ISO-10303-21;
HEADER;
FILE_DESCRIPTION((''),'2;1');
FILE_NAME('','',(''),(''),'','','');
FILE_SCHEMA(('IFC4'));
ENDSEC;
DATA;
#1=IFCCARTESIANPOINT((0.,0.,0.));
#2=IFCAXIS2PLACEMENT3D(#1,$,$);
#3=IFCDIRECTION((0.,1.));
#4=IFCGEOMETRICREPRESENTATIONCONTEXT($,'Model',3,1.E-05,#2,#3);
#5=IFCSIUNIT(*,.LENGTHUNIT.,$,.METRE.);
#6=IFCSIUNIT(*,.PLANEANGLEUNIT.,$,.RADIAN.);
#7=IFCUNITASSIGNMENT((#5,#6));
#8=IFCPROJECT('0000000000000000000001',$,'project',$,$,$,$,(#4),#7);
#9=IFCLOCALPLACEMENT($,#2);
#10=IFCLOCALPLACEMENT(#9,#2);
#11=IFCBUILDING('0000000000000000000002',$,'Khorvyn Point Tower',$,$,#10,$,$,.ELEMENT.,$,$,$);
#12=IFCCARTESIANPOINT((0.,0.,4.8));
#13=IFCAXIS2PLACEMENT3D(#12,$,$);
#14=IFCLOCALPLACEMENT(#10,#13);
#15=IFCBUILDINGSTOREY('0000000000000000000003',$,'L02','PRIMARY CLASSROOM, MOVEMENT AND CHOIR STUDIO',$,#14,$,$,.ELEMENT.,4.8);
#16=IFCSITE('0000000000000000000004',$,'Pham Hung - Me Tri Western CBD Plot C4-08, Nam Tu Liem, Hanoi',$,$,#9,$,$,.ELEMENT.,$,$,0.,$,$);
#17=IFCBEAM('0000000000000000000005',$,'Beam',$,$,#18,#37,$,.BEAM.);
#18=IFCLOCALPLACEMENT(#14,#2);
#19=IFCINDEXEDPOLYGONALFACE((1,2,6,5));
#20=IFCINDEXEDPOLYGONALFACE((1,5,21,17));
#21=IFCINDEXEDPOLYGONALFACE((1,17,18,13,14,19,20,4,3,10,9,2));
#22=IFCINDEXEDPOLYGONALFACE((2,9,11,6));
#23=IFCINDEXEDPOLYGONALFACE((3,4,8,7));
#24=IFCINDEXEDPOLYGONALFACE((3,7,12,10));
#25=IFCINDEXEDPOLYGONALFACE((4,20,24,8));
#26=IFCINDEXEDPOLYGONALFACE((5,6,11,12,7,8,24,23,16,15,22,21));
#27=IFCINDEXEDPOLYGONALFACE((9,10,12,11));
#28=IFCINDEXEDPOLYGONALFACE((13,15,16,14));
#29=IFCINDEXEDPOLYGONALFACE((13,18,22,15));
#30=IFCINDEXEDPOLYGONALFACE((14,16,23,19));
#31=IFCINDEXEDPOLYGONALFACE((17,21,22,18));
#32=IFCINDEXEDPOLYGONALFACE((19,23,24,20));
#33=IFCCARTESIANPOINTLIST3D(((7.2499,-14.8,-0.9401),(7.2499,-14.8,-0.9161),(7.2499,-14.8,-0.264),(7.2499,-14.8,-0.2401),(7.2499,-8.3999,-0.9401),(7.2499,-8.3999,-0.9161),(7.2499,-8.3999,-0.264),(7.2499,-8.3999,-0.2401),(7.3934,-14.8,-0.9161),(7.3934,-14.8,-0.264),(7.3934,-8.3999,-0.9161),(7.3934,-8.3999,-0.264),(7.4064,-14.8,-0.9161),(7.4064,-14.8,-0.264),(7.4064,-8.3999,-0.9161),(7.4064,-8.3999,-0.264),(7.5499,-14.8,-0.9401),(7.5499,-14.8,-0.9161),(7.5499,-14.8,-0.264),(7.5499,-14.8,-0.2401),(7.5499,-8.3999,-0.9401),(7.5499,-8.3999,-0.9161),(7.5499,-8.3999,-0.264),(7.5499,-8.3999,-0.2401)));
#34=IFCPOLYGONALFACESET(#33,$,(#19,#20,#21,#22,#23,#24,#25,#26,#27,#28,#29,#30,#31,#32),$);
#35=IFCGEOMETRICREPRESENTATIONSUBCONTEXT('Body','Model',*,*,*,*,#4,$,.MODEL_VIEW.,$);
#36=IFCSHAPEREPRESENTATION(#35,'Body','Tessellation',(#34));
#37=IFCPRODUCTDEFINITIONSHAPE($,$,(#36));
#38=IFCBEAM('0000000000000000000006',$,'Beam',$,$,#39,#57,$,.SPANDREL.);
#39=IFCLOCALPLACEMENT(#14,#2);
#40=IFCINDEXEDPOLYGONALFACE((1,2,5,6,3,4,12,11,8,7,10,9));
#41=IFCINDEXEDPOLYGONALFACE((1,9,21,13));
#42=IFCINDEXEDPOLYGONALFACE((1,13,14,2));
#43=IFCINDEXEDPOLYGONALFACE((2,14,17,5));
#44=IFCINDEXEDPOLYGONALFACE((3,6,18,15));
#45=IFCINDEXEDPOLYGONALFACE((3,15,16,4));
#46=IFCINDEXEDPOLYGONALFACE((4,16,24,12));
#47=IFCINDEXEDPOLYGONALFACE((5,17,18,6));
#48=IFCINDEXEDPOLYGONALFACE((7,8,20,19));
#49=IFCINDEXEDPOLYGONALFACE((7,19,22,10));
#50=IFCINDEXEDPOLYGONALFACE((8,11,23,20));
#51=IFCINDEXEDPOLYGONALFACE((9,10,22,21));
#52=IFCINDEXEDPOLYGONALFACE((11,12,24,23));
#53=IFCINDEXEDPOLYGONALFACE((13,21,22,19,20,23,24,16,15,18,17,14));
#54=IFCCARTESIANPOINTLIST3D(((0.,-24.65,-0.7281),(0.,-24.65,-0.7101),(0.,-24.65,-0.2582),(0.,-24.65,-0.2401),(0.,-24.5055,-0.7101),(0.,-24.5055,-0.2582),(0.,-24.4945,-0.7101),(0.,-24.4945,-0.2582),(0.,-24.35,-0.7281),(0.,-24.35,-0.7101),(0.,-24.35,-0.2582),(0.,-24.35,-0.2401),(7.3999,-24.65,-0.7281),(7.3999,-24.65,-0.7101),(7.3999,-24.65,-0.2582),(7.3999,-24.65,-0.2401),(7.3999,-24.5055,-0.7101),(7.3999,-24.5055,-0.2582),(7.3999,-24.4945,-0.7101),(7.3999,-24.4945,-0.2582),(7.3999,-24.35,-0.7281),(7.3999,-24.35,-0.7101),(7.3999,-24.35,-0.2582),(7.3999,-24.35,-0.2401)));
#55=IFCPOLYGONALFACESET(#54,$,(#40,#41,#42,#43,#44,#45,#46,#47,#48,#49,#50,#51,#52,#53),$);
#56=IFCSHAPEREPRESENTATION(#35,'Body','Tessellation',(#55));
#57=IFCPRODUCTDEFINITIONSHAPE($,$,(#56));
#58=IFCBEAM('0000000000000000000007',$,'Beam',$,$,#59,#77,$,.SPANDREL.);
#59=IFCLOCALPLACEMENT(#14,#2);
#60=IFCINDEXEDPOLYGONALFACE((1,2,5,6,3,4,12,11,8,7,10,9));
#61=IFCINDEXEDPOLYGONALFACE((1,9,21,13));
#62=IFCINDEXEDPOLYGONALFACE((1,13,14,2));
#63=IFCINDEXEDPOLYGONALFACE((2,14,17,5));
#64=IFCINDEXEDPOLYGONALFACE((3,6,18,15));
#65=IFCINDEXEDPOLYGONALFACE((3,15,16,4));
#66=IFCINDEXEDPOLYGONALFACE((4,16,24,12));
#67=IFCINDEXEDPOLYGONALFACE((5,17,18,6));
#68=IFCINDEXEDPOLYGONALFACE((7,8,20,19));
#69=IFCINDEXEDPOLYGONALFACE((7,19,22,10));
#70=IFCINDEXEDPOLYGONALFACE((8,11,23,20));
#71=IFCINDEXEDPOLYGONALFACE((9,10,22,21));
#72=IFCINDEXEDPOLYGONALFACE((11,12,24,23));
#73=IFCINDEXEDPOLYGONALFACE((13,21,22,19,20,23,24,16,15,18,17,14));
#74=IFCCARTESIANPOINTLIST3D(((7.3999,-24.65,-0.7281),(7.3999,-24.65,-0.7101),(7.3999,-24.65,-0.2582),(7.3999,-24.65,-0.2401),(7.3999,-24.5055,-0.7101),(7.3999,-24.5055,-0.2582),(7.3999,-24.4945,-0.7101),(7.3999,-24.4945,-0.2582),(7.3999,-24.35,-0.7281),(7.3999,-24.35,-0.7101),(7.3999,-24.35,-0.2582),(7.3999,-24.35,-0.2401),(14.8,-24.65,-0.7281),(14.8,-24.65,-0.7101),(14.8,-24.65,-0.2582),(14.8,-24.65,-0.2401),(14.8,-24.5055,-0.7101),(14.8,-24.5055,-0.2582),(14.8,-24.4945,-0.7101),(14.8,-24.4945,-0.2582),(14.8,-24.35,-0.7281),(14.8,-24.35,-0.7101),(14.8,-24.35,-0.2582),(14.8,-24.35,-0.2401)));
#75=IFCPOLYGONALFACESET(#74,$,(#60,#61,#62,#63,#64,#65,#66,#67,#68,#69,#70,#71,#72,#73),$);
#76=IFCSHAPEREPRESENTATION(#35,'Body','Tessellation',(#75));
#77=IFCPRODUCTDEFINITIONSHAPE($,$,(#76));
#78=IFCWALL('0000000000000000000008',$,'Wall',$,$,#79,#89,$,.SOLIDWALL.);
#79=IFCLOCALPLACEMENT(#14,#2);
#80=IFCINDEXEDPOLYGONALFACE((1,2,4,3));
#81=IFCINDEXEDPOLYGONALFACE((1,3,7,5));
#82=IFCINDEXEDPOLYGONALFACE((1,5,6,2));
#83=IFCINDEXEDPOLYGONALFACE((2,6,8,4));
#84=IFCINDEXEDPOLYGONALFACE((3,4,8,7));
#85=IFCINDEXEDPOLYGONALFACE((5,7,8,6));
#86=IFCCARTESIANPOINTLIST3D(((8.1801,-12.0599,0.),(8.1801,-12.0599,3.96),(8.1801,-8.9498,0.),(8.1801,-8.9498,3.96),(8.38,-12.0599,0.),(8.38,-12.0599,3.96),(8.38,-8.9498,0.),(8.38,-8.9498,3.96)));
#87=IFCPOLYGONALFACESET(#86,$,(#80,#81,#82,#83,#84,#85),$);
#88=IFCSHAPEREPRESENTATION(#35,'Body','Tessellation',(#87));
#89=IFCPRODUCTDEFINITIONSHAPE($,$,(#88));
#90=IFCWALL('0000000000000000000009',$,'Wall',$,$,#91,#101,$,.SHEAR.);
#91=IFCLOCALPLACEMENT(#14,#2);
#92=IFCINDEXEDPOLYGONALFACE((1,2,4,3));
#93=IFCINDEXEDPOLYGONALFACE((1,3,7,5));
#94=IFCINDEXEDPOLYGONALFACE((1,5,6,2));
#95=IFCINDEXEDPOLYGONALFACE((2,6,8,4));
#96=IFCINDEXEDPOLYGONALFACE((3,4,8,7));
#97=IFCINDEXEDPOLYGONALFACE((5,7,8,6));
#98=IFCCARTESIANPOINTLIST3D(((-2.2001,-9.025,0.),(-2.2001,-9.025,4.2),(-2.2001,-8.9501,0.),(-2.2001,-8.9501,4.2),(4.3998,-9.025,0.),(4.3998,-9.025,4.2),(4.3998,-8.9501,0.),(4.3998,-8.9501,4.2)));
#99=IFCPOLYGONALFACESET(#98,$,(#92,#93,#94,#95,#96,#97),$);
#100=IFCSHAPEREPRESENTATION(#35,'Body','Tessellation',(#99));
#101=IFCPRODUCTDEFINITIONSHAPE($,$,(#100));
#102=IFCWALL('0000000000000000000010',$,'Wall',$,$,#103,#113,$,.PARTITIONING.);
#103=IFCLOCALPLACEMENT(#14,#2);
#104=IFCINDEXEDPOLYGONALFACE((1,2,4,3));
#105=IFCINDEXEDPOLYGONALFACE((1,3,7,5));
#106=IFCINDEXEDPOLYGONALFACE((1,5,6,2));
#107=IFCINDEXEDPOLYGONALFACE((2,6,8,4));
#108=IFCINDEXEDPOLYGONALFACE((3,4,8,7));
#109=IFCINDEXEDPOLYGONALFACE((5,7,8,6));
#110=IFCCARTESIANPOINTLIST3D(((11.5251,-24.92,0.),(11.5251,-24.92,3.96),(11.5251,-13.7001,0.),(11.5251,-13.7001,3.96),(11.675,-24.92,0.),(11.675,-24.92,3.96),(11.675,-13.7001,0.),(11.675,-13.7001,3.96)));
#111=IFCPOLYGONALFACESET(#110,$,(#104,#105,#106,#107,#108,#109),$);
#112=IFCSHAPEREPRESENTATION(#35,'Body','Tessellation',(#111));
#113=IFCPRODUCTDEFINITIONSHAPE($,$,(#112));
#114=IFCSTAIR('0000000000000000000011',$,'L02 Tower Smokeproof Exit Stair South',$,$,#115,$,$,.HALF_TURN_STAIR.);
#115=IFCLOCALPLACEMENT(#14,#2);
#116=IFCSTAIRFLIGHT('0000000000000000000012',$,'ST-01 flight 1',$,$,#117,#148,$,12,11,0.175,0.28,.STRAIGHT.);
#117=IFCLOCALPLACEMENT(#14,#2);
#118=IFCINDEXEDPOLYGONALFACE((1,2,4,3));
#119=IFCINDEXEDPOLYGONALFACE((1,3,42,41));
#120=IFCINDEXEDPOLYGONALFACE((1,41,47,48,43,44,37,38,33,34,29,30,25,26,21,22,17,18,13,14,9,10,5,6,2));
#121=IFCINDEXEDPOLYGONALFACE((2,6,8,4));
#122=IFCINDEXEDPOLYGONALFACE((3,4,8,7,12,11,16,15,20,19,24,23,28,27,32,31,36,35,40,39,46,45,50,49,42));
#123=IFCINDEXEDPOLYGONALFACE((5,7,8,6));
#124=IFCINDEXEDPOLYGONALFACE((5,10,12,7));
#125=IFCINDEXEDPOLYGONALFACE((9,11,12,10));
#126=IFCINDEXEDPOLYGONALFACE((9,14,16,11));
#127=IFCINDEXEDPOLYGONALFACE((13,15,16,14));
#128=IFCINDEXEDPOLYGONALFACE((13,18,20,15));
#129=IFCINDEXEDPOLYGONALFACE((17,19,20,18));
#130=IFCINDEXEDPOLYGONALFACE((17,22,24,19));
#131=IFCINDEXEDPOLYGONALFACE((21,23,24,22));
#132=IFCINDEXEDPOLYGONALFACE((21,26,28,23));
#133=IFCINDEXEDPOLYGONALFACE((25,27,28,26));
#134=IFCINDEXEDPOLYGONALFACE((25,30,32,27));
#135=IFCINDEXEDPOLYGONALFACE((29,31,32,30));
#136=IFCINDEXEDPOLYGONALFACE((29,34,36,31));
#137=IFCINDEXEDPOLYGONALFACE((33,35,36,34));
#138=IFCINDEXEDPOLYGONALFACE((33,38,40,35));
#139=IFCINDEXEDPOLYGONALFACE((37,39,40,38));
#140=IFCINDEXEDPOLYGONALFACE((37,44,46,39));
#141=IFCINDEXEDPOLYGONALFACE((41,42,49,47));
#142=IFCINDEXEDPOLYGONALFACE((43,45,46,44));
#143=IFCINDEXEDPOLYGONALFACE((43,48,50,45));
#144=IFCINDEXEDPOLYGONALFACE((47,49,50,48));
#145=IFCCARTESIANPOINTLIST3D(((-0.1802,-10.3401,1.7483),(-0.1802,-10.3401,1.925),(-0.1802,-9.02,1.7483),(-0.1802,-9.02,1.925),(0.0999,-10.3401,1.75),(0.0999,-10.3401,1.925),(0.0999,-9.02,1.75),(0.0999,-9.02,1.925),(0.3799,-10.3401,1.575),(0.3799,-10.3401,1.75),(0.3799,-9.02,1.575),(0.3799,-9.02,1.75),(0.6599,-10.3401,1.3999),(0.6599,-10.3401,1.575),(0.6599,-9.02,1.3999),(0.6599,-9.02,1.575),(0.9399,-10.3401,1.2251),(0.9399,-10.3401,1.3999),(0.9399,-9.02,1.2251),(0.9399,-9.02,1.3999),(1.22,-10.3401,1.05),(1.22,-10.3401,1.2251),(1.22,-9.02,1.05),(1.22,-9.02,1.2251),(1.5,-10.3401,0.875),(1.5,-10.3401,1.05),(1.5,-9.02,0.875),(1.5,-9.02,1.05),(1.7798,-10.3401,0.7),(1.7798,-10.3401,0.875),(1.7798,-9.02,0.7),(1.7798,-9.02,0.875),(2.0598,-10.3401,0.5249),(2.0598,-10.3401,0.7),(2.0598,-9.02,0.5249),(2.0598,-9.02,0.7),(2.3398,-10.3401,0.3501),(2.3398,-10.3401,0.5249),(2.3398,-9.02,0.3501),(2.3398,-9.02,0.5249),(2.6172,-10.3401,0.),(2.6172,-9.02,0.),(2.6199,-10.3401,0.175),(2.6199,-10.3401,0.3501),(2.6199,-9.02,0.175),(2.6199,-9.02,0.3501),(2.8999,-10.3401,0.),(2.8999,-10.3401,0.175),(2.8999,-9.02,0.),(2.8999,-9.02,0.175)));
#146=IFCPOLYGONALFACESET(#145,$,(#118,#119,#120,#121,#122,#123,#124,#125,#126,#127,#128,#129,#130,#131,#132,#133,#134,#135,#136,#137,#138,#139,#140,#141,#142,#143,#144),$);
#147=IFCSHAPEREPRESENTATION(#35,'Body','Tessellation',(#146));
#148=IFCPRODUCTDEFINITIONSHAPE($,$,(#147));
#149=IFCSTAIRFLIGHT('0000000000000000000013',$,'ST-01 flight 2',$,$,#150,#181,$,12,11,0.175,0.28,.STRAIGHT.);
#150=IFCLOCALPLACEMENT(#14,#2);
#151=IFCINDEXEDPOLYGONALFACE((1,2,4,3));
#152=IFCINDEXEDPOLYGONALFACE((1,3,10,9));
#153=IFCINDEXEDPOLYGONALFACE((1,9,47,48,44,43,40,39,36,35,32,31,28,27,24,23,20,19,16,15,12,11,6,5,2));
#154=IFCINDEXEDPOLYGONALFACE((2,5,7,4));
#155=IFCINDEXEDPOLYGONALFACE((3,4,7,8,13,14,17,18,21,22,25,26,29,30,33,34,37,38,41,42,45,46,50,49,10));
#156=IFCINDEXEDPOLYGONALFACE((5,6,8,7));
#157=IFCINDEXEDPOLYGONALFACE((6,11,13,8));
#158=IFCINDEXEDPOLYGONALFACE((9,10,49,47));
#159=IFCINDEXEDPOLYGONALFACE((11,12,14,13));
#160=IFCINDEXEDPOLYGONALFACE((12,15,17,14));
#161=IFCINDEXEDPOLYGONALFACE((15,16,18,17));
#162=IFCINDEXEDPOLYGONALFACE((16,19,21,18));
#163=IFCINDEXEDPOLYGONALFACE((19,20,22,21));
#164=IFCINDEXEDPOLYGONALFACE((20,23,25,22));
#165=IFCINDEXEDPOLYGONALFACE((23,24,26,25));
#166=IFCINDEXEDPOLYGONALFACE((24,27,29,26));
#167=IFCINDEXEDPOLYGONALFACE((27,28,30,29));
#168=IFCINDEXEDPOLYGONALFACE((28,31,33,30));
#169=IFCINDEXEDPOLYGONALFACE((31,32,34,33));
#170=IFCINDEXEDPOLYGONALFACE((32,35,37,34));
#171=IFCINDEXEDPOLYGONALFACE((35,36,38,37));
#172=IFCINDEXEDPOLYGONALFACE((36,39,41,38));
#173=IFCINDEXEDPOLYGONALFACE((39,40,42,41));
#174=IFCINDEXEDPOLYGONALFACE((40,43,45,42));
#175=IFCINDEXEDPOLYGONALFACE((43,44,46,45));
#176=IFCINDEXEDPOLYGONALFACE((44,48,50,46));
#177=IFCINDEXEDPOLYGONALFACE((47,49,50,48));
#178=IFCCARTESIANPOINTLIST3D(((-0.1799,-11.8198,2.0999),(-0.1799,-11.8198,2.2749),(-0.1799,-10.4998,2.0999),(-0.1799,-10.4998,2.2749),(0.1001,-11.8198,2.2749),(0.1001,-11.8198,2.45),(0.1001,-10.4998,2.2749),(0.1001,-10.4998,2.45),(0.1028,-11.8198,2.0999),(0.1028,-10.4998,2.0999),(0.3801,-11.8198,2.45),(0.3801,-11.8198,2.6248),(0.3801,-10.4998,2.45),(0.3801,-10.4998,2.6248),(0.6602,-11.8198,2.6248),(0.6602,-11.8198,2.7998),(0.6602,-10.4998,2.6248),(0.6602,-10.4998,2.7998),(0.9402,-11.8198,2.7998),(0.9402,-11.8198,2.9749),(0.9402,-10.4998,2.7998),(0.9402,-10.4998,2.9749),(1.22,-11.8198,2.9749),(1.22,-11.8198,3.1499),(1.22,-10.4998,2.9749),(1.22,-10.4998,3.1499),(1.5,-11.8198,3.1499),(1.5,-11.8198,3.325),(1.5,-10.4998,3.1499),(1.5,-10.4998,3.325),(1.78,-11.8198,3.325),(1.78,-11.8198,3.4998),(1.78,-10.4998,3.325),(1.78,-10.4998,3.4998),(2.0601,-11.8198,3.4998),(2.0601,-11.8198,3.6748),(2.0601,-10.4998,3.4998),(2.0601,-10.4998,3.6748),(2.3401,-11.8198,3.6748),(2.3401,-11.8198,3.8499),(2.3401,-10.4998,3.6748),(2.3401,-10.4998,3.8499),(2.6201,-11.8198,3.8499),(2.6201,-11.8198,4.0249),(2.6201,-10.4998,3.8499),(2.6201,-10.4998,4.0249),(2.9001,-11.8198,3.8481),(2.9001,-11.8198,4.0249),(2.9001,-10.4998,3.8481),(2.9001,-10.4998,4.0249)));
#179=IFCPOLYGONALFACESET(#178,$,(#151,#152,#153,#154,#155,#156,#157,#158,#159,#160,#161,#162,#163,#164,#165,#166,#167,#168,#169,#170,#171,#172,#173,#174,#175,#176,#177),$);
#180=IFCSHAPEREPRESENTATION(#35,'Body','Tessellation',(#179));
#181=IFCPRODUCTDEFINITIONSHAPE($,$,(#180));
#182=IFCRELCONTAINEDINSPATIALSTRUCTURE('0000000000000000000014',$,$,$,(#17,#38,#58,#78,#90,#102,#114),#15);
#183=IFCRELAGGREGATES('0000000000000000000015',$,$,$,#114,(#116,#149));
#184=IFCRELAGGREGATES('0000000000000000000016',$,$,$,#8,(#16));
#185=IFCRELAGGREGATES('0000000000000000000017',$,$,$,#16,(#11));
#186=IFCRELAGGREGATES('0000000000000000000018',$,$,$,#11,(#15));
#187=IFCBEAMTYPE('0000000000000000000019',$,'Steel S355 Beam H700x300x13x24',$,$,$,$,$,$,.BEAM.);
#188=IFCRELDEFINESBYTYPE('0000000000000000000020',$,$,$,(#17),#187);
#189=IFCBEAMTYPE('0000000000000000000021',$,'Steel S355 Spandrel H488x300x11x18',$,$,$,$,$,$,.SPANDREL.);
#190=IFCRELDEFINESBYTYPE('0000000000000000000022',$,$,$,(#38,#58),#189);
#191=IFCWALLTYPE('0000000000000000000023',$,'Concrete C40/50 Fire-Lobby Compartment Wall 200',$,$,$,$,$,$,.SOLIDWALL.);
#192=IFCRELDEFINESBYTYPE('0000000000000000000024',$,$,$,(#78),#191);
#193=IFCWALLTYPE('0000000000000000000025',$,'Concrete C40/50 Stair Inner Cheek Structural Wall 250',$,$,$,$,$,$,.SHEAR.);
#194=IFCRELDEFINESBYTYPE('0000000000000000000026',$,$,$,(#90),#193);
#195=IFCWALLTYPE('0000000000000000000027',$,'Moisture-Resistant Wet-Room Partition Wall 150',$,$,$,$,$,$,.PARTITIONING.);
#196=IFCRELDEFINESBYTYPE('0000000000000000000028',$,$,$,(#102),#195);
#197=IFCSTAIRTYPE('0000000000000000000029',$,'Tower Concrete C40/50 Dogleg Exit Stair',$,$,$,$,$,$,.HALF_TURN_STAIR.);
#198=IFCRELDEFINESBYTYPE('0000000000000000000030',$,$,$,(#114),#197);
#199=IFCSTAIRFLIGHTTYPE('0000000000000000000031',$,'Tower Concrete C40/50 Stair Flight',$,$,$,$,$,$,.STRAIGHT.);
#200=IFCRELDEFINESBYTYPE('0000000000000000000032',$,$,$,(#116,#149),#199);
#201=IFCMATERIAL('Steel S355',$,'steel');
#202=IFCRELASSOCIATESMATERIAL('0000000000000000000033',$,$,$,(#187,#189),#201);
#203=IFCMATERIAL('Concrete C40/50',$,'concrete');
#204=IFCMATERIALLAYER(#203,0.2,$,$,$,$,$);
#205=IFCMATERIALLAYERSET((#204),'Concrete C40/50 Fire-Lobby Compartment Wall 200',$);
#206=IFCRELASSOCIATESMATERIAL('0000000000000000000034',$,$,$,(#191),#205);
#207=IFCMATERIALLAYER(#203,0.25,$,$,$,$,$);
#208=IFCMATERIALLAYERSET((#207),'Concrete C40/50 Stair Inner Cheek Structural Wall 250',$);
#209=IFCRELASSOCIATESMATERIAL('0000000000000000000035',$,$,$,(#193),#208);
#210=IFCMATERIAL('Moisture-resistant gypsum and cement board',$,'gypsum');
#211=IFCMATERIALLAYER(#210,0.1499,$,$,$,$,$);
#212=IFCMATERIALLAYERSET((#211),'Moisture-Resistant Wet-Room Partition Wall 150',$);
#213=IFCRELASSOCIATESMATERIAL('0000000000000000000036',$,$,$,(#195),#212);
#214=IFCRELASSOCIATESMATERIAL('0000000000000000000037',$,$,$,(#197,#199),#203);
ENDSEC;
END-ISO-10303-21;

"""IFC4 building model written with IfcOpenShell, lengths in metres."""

from ifc_helpers import new_model, si_unit, direction, frame, frame_2d, origin, origin_2d, place, context, subcontext, project, spatial, polyline, rectangle, i_section, outline, extrude, material, layer, layer_set, material_profile, profile_set, type_object, element, aggregate, save


model = new_model("IFC4")

# Units and contexts
model_context = context("Model", 3, precision=1e-05, world=origin(), true_north=direction((0.0, 1.0)))
body_context = subcontext(model_context, "Body", "Model", "MODEL_VIEW")
ifc_project = project(units=[si_unit("LENGTHUNIT", "METRE"), si_unit("PLANEANGLEUNIT", "RADIAN")], contexts=[model_context])

# Site, building, storey
site_placement = place(None, origin())
site = spatial("IfcSite", under=ifc_project, at=site_placement, Name="Pham Hung - Me Tri Western CBD Plot C4-08, Nam Tu Liem, Hanoi", CompositionType="ELEMENT", RefElevation=0.0)
building_placement = place(site_placement, origin())
building = spatial("IfcBuilding", under=site, at=building_placement, Name="Khorvyn Point Tower", CompositionType="ELEMENT")
storey_placement = place(building_placement, frame((0.0, 0.0, 4.8)))
storey = spatial("IfcBuildingStorey", under=building, at=storey_placement, Name="L02", Description="PRIMARY CLASSROOM, MOVEMENT AND CHOIR STUDIO", CompositionType="ELEMENT", Elevation=4.8)

# Shared definitions
ifc_material_1 = material(Name="Concrete C40/50", Category="concrete")

# Beams
ifc_material_2 = material(Name="Steel S355", Category="steel")
ifc_material_profile_1 = material_profile(ifc_material_2, i_section(OverallWidth=0.3, OverallDepth=0.7, WebThickness=0.0129, FlangeThickness=0.0239, at=origin_2d()))
ifc_profile_set_1 = profile_set([ifc_material_profile_1], Name="Steel S355 H700x300x13x24")
beam_type_1 = type_object("IfcBeamType", Name="Steel S355 Beam H700x300x13x24", PredefinedType="BEAM", material=ifc_profile_set_1)
beam_1_placement = place(storey_placement, frame((7.3999, -14.8, -0.5901), z_axis=(0.0, 1.0, 0.0), x_axis=(-1.0, 0.0, 0.0)))
element("IfcBeam", 1, at=beam_1_placement, inside=storey, type_object=beam_type_1, Name="Beam", PredefinedType="BEAM", context=body_context, shape_type="SweptSolid", body=[
    extrude(i_section(OverallWidth=0.3, OverallDepth=0.7, WebThickness=0.0129, FlangeThickness=0.0239, at=origin_2d()), origin(), (0.0, 0.0, 1.0), 6.4001),
])
ifc_material_profile_2 = material_profile(ifc_material_2, i_section(OverallWidth=0.3, OverallDepth=0.488, WebThickness=0.011, FlangeThickness=0.0181, at=origin_2d()))
ifc_profile_set_2 = profile_set([ifc_material_profile_2], Name="Steel S355 H488x300x11x18")
beam_type_2 = type_object("IfcBeamType", Name="Steel S355 Spandrel H488x300x11x18", PredefinedType="SPANDREL", material=ifc_profile_set_2)
beam_2_placement = place(storey_placement, frame((0.0, -24.5, -0.4841), z_axis=(1.0, 0.0, 0.0), x_axis=(0.0, 1.0, 0.0)))
element("IfcBeam", 2, at=beam_2_placement, inside=storey, type_object=beam_type_2, Name="Beam", PredefinedType="SPANDREL", context=body_context, shape_type="SweptSolid", body=[
    extrude(i_section(OverallWidth=0.3, OverallDepth=0.488, WebThickness=0.011, FlangeThickness=0.0181, at=origin_2d()), origin(), (0.0, 0.0, 1.0), 7.3999),
])
beam_3_placement = place(storey_placement, frame((7.3999, -24.5, -0.4841), z_axis=(1.0, 0.0, 0.0), x_axis=(0.0, 1.0, 0.0)))
element("IfcBeam", 3, at=beam_3_placement, inside=storey, type_object=beam_type_2, Name="Beam", PredefinedType="SPANDREL", context=body_context, shape_type="SweptSolid", body=[
    extrude(i_section(OverallWidth=0.3, OverallDepth=0.488, WebThickness=0.011, FlangeThickness=0.0181, at=origin_2d()), origin(), (0.0, 0.0, 1.0), 7.4001),
])

# Shared definitions
ifc_layer_1 = layer(ifc_material_1, 0.2)
ifc_layer_set_1 = layer_set([ifc_layer_1], Name="Concrete C40/50 Fire-Lobby Compartment Wall 200")
wall_type_1 = type_object("IfcWallType", Name="Concrete C40/50 Fire-Lobby Compartment Wall 200", PredefinedType="SOLIDWALL", material=ifc_layer_set_1)

# Walls
wall_1_placement = place(storey_placement, frame((8.28, -12.0601, 0.0), z_axis=(0.0, 0.0, 1.0), x_axis=(0.0, 1.0, 0.0)))
element("IfcWall", 4, at=wall_1_placement, inside=storey, type_object=wall_type_1, Name="Wall", PredefinedType="SOLIDWALL", context=body_context, shape_type="SweptSolid", body=[
    extrude(rectangle(XDim=3.1101, YDim=0.2, at=frame_2d((1.5552, 0.0))), origin(), (0.0, 0.0, 1.0), 3.96),
])
ifc_layer_2 = layer(ifc_material_1, 0.25)
ifc_layer_set_2 = layer_set([ifc_layer_2], Name="Concrete C40/50 Stair Inner Cheek Structural Wall 250")
wall_type_2 = type_object("IfcWallType", Name="Concrete C40/50 Stair Inner Cheek Structural Wall 250", PredefinedType="SHEAR", material=ifc_layer_set_2)
wall_2_placement = place(storey_placement, frame((-2.2, -8.9875, 0.0), z_axis=(0.0, 0.0, 1.0), x_axis=(1.0, 0.0, 0.0)))
element("IfcWall", 5, at=wall_2_placement, inside=storey, type_object=wall_type_2, Name="Wall", PredefinedType="SHEAR", context=body_context, shape_type="SweptSolid", body=[
    extrude(rectangle(XDim=6.5999, YDim=0.075, at=frame_2d((3.2998, 0.0))), origin(), (0.0, 0.0, 1.0), 4.2),
])

# Wall
ifc_material_3 = material(Name="Moisture-resistant gypsum and cement board", Category="gypsum")
ifc_layer_3 = layer(ifc_material_3, 0.1499)
ifc_layer_set_3 = layer_set([ifc_layer_3], Name="Moisture-Resistant Wet-Room Partition Wall 150")
wall_type_3 = type_object("IfcWallType", Name="Moisture-Resistant Wet-Room Partition Wall 150", PredefinedType="PARTITIONING", material=ifc_layer_set_3)
wall_3_placement = place(storey_placement, frame((11.6001, -24.9199, 0.0), z_axis=(0.0, 0.0, 1.0), x_axis=(0.0, 1.0, 0.0)))
element("IfcWall", 6, at=wall_3_placement, inside=storey, type_object=wall_type_3, Name="Wall", PredefinedType="PARTITIONING", context=body_context, shape_type="SweptSolid", body=[
    extrude(rectangle(XDim=11.22, YDim=0.1499, at=frame_2d((5.6099, 0.0))), origin(), (0.0, 0.0, 1.0), 3.96),
])

# Stair, stair flights
stair_type = type_object("IfcStairType", Name="Tower Concrete C40/50 Dogleg Exit Stair", PredefinedType="HALF_TURN_STAIR", material=ifc_material_1)
stair_placement = place(storey_placement, origin())
stair = element("IfcStair", 7, at=stair_placement, inside=storey, type_object=stair_type, Name="L02 Tower Smokeproof Exit Stair South", PredefinedType="HALF_TURN_STAIR")
stair_flight_type = type_object("IfcStairFlightType", Name="Tower Concrete C40/50 Stair Flight", PredefinedType="STRAIGHT", material=ifc_material_1)
stair_flight_1_placement = place(storey_placement, frame((2.8999, -9.6799, 0.0), z_axis=(0.0, 0.0, 1.0), x_axis=(-1.0, 0.0, 0.0)))
stair_flight_1 = element("IfcStairFlight", 8, at=stair_flight_1_placement, type_object=stair_flight_type, Name="ST-01 flight 1", NumberOfRisers=12, NumberOfTreads=11, PredefinedType="STRAIGHT", RiserHeight=0.175, TreadLength=0.28, context=body_context, shape_type="SweptSolid", body=[
    extrude(outline(polyline([(0.0, 0.0), (0.0, 0.175), (0.28, 0.175), (0.28, 0.3501), (0.5601, 0.3501), (0.5601, 0.5249), (0.8401, 0.5249), (0.8401, 0.7), (1.1201, 0.7), (1.1201, 0.875), (1.3999, 0.875), (1.3999, 1.05), (1.6799, 1.05), (1.6799, 1.2251), (1.96, 1.2251), (1.96, 1.3999), (2.24, 1.3999), (2.24, 1.575), (2.52, 1.575), (2.52, 1.75), (2.8, 1.75), (2.8, 1.925), (3.0801, 1.925), (3.0801, 2.1001), (3.0801, 1.7483), (0.2827, 0.0), (0.0, 0.0)])), frame((0.0, 0.6602, 0.0), z_axis=(0.0, -1.0, 0.0), x_axis=(1.0, 0.0, 0.0)), (0.0, 0.0, 1.0), 1.3201),
])
stair_flight_2_placement = place(storey_placement, frame((-0.1799, -11.1599, 2.0999), z_axis=(0.0, 0.0, 1.0), x_axis=(1.0, 0.0, 0.0)))
stair_flight_2 = element("IfcStairFlight", 9, at=stair_flight_2_placement, type_object=stair_flight_type, Name="ST-01 flight 2", NumberOfRisers=12, NumberOfTreads=11, PredefinedType="STRAIGHT", RiserHeight=0.175, TreadLength=0.28, context=body_context, shape_type="SweptSolid", body=[
    extrude(outline(polyline([(0.0, 0.0), (0.0, 0.175), (0.28, 0.175), (0.28, 0.3501), (0.5601, 0.3501), (0.5601, 0.5249), (0.8401, 0.5249), (0.8401, 0.7), (1.1201, 0.7), (1.1201, 0.875), (1.3999, 0.875), (1.3999, 1.05), (1.6799, 1.05), (1.6799, 1.2251), (1.96, 1.2251), (1.96, 1.3999), (2.24, 1.3999), (2.24, 1.575), (2.52, 1.575), (2.52, 1.75), (2.8, 1.75), (2.8, 1.925), (3.0801, 1.925), (3.0801, 2.1001), (3.0801, 1.7483), (0.2827, 0.0), (0.0, 0.0)])), frame((0.0, 0.6602, 0.0), z_axis=(0.0, -1.0, 0.0), x_axis=(1.0, 0.0, 0.0)), (0.0, 0.0, 1.0), 1.3201),
])
aggregate(stair, [stair_flight_1, stair_flight_2])

save(model, "model.ifc")
